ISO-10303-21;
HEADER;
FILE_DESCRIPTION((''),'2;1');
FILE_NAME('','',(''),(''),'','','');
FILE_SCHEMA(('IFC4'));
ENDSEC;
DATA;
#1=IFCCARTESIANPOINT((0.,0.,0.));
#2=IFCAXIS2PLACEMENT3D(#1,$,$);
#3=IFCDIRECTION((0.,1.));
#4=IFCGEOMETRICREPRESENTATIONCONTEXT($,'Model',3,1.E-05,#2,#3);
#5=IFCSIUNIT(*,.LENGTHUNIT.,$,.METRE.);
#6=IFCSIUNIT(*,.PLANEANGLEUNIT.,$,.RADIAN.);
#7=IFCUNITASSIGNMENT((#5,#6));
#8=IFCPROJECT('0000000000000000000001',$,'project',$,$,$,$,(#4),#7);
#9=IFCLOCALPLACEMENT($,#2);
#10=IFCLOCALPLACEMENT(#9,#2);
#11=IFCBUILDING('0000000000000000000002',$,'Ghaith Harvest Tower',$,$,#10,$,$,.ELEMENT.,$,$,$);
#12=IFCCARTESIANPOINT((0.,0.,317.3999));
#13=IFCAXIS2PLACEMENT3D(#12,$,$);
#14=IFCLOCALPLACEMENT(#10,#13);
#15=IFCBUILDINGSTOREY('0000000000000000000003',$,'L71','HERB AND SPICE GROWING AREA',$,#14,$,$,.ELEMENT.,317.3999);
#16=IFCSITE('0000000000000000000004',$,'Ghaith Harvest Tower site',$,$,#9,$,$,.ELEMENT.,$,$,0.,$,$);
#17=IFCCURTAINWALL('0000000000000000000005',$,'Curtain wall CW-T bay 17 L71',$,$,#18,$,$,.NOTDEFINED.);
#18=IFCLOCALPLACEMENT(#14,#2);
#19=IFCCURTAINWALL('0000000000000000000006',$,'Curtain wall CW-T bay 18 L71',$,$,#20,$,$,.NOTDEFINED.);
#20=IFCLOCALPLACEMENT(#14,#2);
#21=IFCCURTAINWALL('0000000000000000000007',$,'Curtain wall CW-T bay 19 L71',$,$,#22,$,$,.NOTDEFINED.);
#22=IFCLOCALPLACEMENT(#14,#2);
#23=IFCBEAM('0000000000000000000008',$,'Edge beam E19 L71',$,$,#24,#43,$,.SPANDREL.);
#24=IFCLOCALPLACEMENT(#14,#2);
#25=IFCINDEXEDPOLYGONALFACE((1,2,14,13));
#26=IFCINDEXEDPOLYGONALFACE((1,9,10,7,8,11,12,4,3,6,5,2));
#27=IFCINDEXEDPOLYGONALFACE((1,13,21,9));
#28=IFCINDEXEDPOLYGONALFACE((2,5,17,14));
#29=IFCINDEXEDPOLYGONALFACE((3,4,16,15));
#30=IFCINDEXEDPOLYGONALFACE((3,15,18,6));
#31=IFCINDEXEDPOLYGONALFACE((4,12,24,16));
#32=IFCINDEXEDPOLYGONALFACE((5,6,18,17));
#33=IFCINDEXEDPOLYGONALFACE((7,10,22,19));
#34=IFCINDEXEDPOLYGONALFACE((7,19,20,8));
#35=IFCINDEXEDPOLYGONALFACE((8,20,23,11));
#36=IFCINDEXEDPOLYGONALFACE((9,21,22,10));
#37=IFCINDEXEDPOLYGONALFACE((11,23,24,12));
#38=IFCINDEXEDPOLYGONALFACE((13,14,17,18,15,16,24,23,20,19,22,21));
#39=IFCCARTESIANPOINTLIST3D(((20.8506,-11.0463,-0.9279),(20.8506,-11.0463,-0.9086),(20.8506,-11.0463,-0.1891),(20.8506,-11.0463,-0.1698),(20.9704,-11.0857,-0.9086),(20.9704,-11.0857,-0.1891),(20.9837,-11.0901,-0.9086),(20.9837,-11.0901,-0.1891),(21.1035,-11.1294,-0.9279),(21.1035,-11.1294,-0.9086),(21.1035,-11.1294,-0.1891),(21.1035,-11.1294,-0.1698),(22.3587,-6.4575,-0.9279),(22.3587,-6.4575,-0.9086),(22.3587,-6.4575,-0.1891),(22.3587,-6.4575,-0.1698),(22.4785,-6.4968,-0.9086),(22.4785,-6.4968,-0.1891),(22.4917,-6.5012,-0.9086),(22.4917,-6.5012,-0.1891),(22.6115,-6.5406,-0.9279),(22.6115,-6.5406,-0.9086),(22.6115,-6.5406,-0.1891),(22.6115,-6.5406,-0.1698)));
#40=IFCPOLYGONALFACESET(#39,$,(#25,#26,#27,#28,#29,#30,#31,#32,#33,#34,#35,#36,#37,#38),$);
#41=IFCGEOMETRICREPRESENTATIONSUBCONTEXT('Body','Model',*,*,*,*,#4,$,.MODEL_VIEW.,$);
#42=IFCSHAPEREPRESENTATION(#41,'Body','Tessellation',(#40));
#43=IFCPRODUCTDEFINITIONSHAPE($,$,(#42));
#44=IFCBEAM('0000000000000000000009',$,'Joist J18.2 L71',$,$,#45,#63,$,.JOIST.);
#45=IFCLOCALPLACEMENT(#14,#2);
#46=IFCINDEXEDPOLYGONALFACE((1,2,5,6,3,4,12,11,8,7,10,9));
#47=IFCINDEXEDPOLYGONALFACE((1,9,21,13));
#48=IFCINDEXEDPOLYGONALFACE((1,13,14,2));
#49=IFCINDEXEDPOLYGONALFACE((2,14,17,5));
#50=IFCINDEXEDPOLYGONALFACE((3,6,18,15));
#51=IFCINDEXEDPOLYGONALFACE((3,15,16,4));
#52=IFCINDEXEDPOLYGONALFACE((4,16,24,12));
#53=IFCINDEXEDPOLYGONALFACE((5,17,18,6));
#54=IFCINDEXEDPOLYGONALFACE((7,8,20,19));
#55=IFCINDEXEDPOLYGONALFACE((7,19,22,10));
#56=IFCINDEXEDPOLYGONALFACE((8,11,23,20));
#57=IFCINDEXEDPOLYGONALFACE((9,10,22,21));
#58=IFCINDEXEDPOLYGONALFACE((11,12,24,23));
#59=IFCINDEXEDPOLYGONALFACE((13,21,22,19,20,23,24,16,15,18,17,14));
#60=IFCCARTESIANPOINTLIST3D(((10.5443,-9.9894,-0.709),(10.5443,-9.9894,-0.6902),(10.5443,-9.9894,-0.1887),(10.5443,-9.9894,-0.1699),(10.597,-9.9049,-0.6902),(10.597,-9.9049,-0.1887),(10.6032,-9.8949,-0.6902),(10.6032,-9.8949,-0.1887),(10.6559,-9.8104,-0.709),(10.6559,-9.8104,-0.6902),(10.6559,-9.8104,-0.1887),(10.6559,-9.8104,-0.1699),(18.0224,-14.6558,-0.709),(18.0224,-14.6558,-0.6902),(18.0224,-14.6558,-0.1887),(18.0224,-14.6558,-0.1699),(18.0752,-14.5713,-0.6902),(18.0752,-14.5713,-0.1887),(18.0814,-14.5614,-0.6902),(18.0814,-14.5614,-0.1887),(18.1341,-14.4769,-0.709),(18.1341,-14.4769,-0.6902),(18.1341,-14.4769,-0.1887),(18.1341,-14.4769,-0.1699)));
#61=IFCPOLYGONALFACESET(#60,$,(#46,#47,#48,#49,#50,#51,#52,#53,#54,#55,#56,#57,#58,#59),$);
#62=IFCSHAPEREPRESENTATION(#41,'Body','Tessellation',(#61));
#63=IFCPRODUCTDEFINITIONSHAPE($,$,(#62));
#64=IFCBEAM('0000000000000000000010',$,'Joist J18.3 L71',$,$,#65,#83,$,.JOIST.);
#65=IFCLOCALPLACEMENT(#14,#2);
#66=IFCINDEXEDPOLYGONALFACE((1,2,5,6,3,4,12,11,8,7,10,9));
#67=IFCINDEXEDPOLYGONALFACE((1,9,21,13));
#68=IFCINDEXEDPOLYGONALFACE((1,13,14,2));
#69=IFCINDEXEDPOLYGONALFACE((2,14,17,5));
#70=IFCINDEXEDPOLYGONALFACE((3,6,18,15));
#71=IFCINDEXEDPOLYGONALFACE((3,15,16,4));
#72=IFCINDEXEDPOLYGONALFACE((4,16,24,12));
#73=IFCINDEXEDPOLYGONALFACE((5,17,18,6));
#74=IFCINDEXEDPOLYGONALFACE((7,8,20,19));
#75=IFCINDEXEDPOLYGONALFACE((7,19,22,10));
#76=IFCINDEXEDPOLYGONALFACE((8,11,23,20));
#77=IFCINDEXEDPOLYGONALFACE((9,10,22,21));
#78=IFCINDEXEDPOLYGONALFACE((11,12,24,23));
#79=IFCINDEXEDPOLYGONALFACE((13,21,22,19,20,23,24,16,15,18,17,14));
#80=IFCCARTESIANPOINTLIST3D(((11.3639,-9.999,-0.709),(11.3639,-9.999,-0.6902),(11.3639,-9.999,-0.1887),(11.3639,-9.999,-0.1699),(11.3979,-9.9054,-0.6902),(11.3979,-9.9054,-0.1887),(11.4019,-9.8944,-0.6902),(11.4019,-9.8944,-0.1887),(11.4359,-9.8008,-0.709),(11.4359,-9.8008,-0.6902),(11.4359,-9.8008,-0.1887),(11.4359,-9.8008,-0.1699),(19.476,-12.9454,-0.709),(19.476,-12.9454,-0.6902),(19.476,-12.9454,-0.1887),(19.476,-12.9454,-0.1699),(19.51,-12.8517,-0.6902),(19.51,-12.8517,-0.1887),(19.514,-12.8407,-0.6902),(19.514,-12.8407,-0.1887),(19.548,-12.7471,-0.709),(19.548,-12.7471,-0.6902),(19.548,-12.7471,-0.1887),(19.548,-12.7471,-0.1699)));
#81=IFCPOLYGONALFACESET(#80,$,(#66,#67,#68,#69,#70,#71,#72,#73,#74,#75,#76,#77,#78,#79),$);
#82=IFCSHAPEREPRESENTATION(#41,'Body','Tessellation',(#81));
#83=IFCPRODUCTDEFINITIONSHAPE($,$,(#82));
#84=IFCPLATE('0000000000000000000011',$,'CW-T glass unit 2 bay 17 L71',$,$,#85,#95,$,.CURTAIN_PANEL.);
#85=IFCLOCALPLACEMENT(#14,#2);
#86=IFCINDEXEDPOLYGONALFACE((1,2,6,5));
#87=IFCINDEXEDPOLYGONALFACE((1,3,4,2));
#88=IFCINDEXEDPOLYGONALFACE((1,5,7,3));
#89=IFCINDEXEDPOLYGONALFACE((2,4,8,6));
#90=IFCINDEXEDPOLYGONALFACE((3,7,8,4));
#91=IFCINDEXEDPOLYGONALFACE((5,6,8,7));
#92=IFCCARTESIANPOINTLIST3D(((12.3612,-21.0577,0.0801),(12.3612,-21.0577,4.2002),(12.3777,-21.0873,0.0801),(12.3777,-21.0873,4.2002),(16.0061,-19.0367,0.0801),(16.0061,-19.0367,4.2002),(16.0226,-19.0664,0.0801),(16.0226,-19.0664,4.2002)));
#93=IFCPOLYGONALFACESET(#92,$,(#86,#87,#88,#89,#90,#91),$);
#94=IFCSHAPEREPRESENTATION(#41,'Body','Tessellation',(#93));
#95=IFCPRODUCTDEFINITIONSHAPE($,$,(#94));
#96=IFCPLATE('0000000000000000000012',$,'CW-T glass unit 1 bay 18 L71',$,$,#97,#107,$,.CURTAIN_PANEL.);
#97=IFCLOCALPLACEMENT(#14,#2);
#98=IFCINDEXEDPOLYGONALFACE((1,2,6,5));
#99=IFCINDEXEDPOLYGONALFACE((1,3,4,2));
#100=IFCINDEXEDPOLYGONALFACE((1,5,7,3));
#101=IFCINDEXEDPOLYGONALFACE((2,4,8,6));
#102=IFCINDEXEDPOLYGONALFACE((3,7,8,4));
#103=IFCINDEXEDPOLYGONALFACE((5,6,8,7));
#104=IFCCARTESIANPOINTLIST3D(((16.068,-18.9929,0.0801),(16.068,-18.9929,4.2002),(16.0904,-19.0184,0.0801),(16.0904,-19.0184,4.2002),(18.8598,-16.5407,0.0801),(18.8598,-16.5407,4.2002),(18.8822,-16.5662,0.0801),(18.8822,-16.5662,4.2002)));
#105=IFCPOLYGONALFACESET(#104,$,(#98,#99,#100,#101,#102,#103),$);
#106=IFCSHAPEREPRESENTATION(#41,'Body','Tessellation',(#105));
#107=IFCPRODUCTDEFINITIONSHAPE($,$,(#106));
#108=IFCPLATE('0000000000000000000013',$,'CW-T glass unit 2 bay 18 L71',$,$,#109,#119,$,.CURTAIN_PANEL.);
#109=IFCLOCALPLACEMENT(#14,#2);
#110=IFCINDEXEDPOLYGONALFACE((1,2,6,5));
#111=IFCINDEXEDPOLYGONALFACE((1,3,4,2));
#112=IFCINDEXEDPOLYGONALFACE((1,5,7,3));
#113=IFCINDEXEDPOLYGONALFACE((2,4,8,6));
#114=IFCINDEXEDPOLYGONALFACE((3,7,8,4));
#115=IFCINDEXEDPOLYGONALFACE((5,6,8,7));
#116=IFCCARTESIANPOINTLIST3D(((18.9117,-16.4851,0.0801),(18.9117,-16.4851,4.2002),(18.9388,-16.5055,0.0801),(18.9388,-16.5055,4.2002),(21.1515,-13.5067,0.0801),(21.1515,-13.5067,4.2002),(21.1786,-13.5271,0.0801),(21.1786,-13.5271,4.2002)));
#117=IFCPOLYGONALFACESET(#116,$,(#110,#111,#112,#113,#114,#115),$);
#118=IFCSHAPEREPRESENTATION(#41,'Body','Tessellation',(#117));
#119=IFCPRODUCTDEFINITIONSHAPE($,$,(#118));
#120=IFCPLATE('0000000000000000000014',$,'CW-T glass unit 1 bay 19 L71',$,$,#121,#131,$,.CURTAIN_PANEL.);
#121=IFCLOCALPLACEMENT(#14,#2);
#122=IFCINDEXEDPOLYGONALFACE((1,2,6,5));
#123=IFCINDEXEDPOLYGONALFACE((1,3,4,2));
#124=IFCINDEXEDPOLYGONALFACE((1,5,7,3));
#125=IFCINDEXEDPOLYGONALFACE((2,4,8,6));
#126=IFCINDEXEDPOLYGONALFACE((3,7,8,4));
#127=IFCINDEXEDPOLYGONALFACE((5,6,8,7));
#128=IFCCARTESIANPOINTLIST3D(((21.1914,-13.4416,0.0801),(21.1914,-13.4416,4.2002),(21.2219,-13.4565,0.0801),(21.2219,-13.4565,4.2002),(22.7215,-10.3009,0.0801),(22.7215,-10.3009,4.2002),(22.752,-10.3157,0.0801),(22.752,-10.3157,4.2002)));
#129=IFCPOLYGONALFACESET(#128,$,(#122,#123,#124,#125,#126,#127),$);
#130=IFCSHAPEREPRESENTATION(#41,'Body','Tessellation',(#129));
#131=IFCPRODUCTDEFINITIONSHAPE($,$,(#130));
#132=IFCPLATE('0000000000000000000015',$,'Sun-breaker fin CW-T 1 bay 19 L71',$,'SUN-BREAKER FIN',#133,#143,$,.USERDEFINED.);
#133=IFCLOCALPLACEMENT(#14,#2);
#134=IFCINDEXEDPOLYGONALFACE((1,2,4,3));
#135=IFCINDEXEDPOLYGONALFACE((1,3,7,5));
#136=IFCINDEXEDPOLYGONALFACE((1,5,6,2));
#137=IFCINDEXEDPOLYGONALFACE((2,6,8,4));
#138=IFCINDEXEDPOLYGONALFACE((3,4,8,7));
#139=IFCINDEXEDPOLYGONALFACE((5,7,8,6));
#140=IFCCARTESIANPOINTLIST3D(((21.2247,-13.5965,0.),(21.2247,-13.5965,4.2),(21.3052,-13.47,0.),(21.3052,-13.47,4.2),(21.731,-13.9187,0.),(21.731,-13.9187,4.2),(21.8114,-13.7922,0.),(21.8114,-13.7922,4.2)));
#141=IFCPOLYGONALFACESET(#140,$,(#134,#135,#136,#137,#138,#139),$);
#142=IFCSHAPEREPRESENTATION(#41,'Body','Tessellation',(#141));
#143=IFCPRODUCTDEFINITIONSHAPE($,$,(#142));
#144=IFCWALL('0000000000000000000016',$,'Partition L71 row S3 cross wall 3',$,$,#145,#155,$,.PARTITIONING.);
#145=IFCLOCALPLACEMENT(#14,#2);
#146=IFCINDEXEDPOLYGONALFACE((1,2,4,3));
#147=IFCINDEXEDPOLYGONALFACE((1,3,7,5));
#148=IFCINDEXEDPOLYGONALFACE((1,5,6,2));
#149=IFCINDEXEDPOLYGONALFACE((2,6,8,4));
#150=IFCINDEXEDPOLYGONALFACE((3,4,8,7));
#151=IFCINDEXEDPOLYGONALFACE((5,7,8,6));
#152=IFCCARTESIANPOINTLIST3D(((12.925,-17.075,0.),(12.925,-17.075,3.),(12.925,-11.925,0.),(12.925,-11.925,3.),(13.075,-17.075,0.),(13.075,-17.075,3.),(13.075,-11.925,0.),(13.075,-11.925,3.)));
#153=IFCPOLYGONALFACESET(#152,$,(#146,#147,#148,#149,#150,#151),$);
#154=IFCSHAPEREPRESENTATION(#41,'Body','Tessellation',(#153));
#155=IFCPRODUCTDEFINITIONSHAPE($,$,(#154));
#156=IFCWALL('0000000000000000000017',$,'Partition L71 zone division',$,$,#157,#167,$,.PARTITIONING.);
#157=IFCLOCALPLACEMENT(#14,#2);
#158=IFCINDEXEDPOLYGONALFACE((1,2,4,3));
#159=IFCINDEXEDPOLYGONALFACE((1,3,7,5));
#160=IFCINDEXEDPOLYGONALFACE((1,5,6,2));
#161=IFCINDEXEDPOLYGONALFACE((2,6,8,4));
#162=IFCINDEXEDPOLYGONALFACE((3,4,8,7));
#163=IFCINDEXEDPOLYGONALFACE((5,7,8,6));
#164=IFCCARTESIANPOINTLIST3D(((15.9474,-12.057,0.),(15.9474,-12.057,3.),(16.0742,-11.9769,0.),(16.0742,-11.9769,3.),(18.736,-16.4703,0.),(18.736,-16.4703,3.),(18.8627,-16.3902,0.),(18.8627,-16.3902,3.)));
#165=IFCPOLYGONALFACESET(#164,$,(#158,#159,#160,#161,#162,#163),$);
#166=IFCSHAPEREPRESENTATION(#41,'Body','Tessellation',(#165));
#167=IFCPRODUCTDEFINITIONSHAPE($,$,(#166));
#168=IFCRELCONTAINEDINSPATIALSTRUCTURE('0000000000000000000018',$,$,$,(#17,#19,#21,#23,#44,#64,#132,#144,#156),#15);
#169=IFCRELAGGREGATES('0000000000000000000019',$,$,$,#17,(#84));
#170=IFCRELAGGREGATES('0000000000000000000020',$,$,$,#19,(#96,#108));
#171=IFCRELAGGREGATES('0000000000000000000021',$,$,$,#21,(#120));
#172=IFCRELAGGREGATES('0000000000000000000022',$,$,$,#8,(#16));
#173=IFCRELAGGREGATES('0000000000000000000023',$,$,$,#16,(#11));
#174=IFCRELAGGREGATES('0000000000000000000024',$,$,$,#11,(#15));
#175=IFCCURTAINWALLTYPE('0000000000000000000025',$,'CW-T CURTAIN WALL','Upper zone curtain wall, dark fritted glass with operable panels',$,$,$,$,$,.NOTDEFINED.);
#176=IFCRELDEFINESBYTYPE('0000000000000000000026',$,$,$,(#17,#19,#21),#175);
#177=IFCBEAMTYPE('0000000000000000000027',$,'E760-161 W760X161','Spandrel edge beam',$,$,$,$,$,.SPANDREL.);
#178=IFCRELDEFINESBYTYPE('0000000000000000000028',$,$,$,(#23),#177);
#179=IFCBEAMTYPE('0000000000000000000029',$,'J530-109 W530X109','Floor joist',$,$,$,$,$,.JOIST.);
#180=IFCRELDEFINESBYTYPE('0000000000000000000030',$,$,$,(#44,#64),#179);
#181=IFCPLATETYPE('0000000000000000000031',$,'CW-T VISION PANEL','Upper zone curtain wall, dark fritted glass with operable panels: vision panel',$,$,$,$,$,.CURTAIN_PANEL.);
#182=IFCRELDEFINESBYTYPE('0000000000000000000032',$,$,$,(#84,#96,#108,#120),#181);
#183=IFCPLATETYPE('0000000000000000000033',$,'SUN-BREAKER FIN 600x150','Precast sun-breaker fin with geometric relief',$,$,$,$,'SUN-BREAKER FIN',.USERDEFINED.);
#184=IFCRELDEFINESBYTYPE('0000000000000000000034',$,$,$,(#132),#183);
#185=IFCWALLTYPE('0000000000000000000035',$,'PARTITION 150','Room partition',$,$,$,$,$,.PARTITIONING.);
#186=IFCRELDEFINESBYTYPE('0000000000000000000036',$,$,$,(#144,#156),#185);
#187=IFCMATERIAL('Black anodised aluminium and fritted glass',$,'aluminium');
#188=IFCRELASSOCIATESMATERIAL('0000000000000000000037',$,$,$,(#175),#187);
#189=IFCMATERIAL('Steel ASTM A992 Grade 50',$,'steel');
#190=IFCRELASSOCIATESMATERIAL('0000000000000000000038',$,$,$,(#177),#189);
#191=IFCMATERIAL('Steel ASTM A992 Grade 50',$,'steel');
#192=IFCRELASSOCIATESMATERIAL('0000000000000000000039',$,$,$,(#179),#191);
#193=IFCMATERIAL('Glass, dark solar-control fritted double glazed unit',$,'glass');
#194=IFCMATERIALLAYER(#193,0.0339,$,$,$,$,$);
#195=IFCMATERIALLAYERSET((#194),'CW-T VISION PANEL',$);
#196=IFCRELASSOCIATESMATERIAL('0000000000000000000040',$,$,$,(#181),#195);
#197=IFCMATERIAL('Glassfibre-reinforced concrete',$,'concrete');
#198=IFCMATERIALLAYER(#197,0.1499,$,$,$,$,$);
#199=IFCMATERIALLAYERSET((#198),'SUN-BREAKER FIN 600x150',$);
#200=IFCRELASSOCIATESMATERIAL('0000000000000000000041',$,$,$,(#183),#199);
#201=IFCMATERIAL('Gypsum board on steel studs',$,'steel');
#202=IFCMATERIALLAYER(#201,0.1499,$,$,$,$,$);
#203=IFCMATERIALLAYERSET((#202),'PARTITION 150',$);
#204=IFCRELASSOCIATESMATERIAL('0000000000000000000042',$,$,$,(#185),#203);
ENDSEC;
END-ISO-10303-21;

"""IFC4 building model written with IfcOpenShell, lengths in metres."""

from ifc_helpers import new_model, si_unit, direction, frame, frame_2d, origin, origin_2d, place, context, subcontext, project, spatial, rectangle, i_section, extrude, material, layer, layer_set, material_profile, profile_set, type_object, element, aggregate, save


model = new_model("IFC4")

# Units and contexts
model_context = context("Model", 3, precision=1e-05, world=origin(), true_north=direction((0.0, 1.0)))
body_context = subcontext(model_context, "Body", "Model", "MODEL_VIEW")
ifc_project = project(units=[si_unit("LENGTHUNIT", "METRE"), si_unit("PLANEANGLEUNIT", "RADIAN")], contexts=[model_context])

# Site, building, storey
site_placement = place(None, origin())
site = spatial("IfcSite", under=ifc_project, at=site_placement, Name="Ghaith Harvest Tower site", CompositionType="ELEMENT", RefElevation=0.0)
building_placement = place(site_placement, origin())
building = spatial("IfcBuilding", under=site, at=building_placement, Name="Ghaith Harvest Tower", CompositionType="ELEMENT")
storey_placement = place(building_placement, frame((0.0, 0.0, 317.3999)))
storey = spatial("IfcBuildingStorey", under=building, at=storey_placement, Name="L71", Description="HERB AND SPICE GROWING AREA", CompositionType="ELEMENT", Elevation=317.3999)

# Curtain wall
ifc_material_1 = material(Name="Black anodised aluminium and fritted glass", Category="aluminium")
curtain_wall_type = type_object("IfcCurtainWallType", Name="CW-T CURTAIN WALL", Description="Upper zone curtain wall, dark fritted glass with operable panels", PredefinedType="NOTDEFINED", material=ifc_material_1)
curtain_wall_1_placement = place(storey_placement, origin())
curtain_wall_1 = element("IfcCurtainWall", 1, at=curtain_wall_1_placement, inside=storey, type_object=curtain_wall_type, Name="Curtain wall CW-T bay 17 L71", PredefinedType="NOTDEFINED")

# Curtain walls
curtain_wall_2_placement = place(storey_placement, origin())
curtain_wall_2 = element("IfcCurtainWall", 2, at=curtain_wall_2_placement, inside=storey, type_object=curtain_wall_type, Name="Curtain wall CW-T bay 18 L71", PredefinedType="NOTDEFINED")
curtain_wall_3_placement = place(storey_placement, origin())
curtain_wall_3 = element("IfcCurtainWall", 3, at=curtain_wall_3_placement, inside=storey, type_object=curtain_wall_type, Name="Curtain wall CW-T bay 19 L71", PredefinedType="NOTDEFINED")

# Beams
ifc_material_2 = material(Name="Steel ASTM A992 Grade 50", Category="steel")
ifc_material_profile_1 = material_profile(ifc_material_2, i_section(OverallWidth=0.2661, OverallDepth=0.7581, WebThickness=0.0139, FlangeThickness=0.0193, at=origin_2d()), Name="W760X161")
ifc_profile_set_1 = profile_set([ifc_material_profile_1], Name="Steel ASTM A992 Grade 50")
beam_type_1 = type_object("IfcBeamType", Name="E760-161 W760X161", Description="Spandrel edge beam", PredefinedType="SPANDREL", material=ifc_profile_set_1)
beam_1_placement = place(storey_placement, frame((20.9771, -11.0879, -0.5488), z_axis=(0.312207, 0.950014, 0.0), x_axis=(-0.950014, 0.312207, 0.0)))
element("IfcBeam", 4, at=beam_1_placement, inside=storey, type_object=beam_type_1, Name="Edge beam E19 L71", PredefinedType="SPANDREL", context=body_context, shape_type="SweptSolid", body=[
    extrude(i_section(OverallWidth=0.2661, OverallDepth=0.7581, WebThickness=0.0139, FlangeThickness=0.0193, at=origin_2d()), origin(), (0.0, 0.0, 1.0), 4.8303),
])
ifc_material_3 = material(Name="Steel ASTM A992 Grade 50", Category="steel")
ifc_material_profile_2 = material_profile(ifc_material_3, i_section(OverallWidth=0.2109, OverallDepth=0.5391, WebThickness=0.0117, FlangeThickness=0.0188, at=origin_2d()), Name="W530X109")
ifc_profile_set_2 = profile_set([ifc_material_profile_2], Name="Steel ASTM A992 Grade 50")
beam_type_2 = type_object("IfcBeamType", Name="J530-109 W530X109", Description="Floor joist", PredefinedType="JOIST", material=ifc_profile_set_2)
beam_2_placement = place(storey_placement, frame((10.6001, -9.8999, -0.4395), z_axis=(0.848376, -0.529394, 0.0), x_axis=(0.529394, 0.848376, 0.0)))
element("IfcBeam", 5, at=beam_2_placement, inside=storey, type_object=beam_type_2, Name="Joist J18.2 L71", PredefinedType="JOIST", context=body_context, shape_type="SweptSolid", body=[
    extrude(i_section(OverallWidth=0.2109, OverallDepth=0.5391, WebThickness=0.0117, FlangeThickness=0.0188, at=origin_2d()), origin(), (0.0, 0.0, 1.0), 8.8147),
])
beam_3_placement = place(storey_placement, frame((11.3999, -9.8999, -0.4395), z_axis=(0.939926, -0.34138, 0.0), x_axis=(0.34138, 0.939926, 0.0)))
element("IfcBeam", 6, at=beam_3_placement, inside=storey, type_object=beam_type_2, Name="Joist J18.3 L71", PredefinedType="JOIST", context=body_context, shape_type="SweptSolid", body=[
    extrude(i_section(OverallWidth=0.2109, OverallDepth=0.5391, WebThickness=0.0117, FlangeThickness=0.0188, at=origin_2d()), origin(), (0.0, 0.0, 1.0), 8.6306),
])

# Plates
ifc_material_4 = material(Name="Glass, dark solar-control fritted double glazed unit", Category="glass")
ifc_layer_1 = layer(ifc_material_4, 0.0339)
ifc_layer_set_1 = layer_set([ifc_layer_1], Name="CW-T VISION PANEL")
plate_type_1 = type_object("IfcPlateType", Name="CW-T VISION PANEL", Description="Upper zone curtain wall, dark fritted glass with operable panels: vision panel", PredefinedType="CURTAIN_PANEL", material=ifc_layer_set_1)
plate_1_placement = place(storey_placement, frame((14.1919, -20.062, 0.0801), z_axis=(0.0, 0.0, 1.0), x_axis=(0.874564, 0.48491, 0.0)))
plate_1 = element("IfcPlate", 7, at=plate_1_placement, type_object=plate_type_1, Name="CW-T glass unit 2 bay 17 L71", PredefinedType="CURTAIN_PANEL", context=body_context, shape_type="SweptSolid", body=[
    extrude(rectangle(XDim=4.1677, YDim=0.0339, at=origin_2d()), origin(), (0.0, 0.0, 1.0), 4.1201),
])
aggregate(curtain_wall_1, [plate_1])
plate_2_placement = place(storey_placement, frame((17.4751, -17.7795, 0.0801), z_axis=(0.0, 0.0, 1.0), x_axis=(0.751335, 0.659922, 0.0)))
plate_2 = element("IfcPlate", 8, at=plate_2_placement, type_object=plate_type_1, Name="CW-T glass unit 1 bay 18 L71", PredefinedType="CURTAIN_PANEL", context=body_context, shape_type="SweptSolid", body=[
    extrude(rectangle(XDim=3.7158, YDim=0.0339, at=origin_2d()), origin(), (0.0, 0.0, 1.0), 4.1201),
])
plate_3_placement = place(storey_placement, frame((20.0452, -15.0061, 0.0801), z_axis=(0.0, 0.0, 1.0), x_axis=(0.601048, 0.799213, 0.0)))
plate_3 = element("IfcPlate", 9, at=plate_3_placement, type_object=plate_type_1, Name="CW-T glass unit 2 bay 18 L71", PredefinedType="CURTAIN_PANEL", context=body_context, shape_type="SweptSolid", body=[
    extrude(rectangle(XDim=3.7266, YDim=0.0339, at=origin_2d()), origin(), (0.0, 0.0, 1.0), 4.1201),
])
aggregate(curtain_wall_2, [plate_2, plate_3])
plate_4_placement = place(storey_placement, frame((21.9717, -11.8787, 0.0801), z_axis=(0.0, 0.0, 1.0), x_axis=(0.437968, 0.89899, 0.0)))
plate_4 = element("IfcPlate", 10, at=plate_4_placement, type_object=plate_type_1, Name="CW-T glass unit 1 bay 19 L71", PredefinedType="CURTAIN_PANEL", context=body_context, shape_type="SweptSolid", body=[
    extrude(rectangle(XDim=3.4937, YDim=0.0339, at=origin_2d()), origin(), (0.0, 0.0, 1.0), 4.1201),
])
aggregate(curtain_wall_3, [plate_4])
ifc_material_5 = material(Name="Glassfibre-reinforced concrete", Category="concrete")
ifc_layer_2 = layer(ifc_material_5, 0.1499)
ifc_layer_set_2 = layer_set([ifc_layer_2], Name="SUN-BREAKER FIN 600x150")
plate_type_2 = type_object("IfcPlateType", Name="SUN-BREAKER FIN 600x150", Description="Precast sun-breaker fin with geometric relief", ElementType="SUN-BREAKER FIN", PredefinedType="USERDEFINED", material=ifc_layer_set_2)
plate_5_placement = place(storey_placement, frame((21.5181, -13.6943, 0.0), z_axis=(0.0, 0.0, 1.0), x_axis=(0.843644, -0.536903, 0.0)))
element("IfcPlate", 11, at=plate_5_placement, inside=storey, type_object=plate_type_2, Name="Sun-breaker fin CW-T 1 bay 19 L71", ObjectType="SUN-BREAKER FIN", PredefinedType="USERDEFINED", context=body_context, shape_type="SweptSolid", body=[
    extrude(rectangle(XDim=0.6001, YDim=0.1499, at=origin_2d()), origin(), (0.0, 0.0, 1.0), 4.2),
])

# Walls
ifc_material_6 = material(Name="Gypsum board on steel studs", Category="steel")
ifc_layer_3 = layer(ifc_material_6, 0.1499)
ifc_layer_set_3 = layer_set([ifc_layer_3], Name="PARTITION 150")
wall_type = type_object("IfcWallType", Name="PARTITION 150", Description="Room partition", PredefinedType="PARTITIONING", material=ifc_layer_set_3)
wall_1_placement = place(storey_placement, frame((13.0, -11.925, 0.0), z_axis=(0.0, 0.0, 1.0), x_axis=(0.0, -1.0, 0.0)))
element("IfcWall", 12, at=wall_1_placement, inside=storey, type_object=wall_type, Name="Partition L71 row S3 cross wall 3", PredefinedType="PARTITIONING", context=body_context, shape_type="SweptSolid", body=[
    extrude(rectangle(XDim=5.1499, YDim=0.1499, at=frame_2d((2.575, 0.0))), origin(), (0.0, 0.0, 1.0), 3.0),
])
wall_2_placement = place(storey_placement, frame((16.0107, -12.0168, 0.0), z_axis=(0.0, 0.0, 1.0), x_axis=(0.534158, -0.845384, 0.0)))
element("IfcWall", 13, at=wall_2_placement, inside=storey, type_object=wall_type, Name="Partition L71 zone division", PredefinedType="PARTITIONING", context=body_context, shape_type="SweptSolid", body=[
    extrude(rectangle(XDim=5.2205, YDim=0.1499, at=frame_2d((2.6104, 0.0))), origin(), (0.0, 0.0, 1.0), 3.0),
])

save(model, "model.ifc")
